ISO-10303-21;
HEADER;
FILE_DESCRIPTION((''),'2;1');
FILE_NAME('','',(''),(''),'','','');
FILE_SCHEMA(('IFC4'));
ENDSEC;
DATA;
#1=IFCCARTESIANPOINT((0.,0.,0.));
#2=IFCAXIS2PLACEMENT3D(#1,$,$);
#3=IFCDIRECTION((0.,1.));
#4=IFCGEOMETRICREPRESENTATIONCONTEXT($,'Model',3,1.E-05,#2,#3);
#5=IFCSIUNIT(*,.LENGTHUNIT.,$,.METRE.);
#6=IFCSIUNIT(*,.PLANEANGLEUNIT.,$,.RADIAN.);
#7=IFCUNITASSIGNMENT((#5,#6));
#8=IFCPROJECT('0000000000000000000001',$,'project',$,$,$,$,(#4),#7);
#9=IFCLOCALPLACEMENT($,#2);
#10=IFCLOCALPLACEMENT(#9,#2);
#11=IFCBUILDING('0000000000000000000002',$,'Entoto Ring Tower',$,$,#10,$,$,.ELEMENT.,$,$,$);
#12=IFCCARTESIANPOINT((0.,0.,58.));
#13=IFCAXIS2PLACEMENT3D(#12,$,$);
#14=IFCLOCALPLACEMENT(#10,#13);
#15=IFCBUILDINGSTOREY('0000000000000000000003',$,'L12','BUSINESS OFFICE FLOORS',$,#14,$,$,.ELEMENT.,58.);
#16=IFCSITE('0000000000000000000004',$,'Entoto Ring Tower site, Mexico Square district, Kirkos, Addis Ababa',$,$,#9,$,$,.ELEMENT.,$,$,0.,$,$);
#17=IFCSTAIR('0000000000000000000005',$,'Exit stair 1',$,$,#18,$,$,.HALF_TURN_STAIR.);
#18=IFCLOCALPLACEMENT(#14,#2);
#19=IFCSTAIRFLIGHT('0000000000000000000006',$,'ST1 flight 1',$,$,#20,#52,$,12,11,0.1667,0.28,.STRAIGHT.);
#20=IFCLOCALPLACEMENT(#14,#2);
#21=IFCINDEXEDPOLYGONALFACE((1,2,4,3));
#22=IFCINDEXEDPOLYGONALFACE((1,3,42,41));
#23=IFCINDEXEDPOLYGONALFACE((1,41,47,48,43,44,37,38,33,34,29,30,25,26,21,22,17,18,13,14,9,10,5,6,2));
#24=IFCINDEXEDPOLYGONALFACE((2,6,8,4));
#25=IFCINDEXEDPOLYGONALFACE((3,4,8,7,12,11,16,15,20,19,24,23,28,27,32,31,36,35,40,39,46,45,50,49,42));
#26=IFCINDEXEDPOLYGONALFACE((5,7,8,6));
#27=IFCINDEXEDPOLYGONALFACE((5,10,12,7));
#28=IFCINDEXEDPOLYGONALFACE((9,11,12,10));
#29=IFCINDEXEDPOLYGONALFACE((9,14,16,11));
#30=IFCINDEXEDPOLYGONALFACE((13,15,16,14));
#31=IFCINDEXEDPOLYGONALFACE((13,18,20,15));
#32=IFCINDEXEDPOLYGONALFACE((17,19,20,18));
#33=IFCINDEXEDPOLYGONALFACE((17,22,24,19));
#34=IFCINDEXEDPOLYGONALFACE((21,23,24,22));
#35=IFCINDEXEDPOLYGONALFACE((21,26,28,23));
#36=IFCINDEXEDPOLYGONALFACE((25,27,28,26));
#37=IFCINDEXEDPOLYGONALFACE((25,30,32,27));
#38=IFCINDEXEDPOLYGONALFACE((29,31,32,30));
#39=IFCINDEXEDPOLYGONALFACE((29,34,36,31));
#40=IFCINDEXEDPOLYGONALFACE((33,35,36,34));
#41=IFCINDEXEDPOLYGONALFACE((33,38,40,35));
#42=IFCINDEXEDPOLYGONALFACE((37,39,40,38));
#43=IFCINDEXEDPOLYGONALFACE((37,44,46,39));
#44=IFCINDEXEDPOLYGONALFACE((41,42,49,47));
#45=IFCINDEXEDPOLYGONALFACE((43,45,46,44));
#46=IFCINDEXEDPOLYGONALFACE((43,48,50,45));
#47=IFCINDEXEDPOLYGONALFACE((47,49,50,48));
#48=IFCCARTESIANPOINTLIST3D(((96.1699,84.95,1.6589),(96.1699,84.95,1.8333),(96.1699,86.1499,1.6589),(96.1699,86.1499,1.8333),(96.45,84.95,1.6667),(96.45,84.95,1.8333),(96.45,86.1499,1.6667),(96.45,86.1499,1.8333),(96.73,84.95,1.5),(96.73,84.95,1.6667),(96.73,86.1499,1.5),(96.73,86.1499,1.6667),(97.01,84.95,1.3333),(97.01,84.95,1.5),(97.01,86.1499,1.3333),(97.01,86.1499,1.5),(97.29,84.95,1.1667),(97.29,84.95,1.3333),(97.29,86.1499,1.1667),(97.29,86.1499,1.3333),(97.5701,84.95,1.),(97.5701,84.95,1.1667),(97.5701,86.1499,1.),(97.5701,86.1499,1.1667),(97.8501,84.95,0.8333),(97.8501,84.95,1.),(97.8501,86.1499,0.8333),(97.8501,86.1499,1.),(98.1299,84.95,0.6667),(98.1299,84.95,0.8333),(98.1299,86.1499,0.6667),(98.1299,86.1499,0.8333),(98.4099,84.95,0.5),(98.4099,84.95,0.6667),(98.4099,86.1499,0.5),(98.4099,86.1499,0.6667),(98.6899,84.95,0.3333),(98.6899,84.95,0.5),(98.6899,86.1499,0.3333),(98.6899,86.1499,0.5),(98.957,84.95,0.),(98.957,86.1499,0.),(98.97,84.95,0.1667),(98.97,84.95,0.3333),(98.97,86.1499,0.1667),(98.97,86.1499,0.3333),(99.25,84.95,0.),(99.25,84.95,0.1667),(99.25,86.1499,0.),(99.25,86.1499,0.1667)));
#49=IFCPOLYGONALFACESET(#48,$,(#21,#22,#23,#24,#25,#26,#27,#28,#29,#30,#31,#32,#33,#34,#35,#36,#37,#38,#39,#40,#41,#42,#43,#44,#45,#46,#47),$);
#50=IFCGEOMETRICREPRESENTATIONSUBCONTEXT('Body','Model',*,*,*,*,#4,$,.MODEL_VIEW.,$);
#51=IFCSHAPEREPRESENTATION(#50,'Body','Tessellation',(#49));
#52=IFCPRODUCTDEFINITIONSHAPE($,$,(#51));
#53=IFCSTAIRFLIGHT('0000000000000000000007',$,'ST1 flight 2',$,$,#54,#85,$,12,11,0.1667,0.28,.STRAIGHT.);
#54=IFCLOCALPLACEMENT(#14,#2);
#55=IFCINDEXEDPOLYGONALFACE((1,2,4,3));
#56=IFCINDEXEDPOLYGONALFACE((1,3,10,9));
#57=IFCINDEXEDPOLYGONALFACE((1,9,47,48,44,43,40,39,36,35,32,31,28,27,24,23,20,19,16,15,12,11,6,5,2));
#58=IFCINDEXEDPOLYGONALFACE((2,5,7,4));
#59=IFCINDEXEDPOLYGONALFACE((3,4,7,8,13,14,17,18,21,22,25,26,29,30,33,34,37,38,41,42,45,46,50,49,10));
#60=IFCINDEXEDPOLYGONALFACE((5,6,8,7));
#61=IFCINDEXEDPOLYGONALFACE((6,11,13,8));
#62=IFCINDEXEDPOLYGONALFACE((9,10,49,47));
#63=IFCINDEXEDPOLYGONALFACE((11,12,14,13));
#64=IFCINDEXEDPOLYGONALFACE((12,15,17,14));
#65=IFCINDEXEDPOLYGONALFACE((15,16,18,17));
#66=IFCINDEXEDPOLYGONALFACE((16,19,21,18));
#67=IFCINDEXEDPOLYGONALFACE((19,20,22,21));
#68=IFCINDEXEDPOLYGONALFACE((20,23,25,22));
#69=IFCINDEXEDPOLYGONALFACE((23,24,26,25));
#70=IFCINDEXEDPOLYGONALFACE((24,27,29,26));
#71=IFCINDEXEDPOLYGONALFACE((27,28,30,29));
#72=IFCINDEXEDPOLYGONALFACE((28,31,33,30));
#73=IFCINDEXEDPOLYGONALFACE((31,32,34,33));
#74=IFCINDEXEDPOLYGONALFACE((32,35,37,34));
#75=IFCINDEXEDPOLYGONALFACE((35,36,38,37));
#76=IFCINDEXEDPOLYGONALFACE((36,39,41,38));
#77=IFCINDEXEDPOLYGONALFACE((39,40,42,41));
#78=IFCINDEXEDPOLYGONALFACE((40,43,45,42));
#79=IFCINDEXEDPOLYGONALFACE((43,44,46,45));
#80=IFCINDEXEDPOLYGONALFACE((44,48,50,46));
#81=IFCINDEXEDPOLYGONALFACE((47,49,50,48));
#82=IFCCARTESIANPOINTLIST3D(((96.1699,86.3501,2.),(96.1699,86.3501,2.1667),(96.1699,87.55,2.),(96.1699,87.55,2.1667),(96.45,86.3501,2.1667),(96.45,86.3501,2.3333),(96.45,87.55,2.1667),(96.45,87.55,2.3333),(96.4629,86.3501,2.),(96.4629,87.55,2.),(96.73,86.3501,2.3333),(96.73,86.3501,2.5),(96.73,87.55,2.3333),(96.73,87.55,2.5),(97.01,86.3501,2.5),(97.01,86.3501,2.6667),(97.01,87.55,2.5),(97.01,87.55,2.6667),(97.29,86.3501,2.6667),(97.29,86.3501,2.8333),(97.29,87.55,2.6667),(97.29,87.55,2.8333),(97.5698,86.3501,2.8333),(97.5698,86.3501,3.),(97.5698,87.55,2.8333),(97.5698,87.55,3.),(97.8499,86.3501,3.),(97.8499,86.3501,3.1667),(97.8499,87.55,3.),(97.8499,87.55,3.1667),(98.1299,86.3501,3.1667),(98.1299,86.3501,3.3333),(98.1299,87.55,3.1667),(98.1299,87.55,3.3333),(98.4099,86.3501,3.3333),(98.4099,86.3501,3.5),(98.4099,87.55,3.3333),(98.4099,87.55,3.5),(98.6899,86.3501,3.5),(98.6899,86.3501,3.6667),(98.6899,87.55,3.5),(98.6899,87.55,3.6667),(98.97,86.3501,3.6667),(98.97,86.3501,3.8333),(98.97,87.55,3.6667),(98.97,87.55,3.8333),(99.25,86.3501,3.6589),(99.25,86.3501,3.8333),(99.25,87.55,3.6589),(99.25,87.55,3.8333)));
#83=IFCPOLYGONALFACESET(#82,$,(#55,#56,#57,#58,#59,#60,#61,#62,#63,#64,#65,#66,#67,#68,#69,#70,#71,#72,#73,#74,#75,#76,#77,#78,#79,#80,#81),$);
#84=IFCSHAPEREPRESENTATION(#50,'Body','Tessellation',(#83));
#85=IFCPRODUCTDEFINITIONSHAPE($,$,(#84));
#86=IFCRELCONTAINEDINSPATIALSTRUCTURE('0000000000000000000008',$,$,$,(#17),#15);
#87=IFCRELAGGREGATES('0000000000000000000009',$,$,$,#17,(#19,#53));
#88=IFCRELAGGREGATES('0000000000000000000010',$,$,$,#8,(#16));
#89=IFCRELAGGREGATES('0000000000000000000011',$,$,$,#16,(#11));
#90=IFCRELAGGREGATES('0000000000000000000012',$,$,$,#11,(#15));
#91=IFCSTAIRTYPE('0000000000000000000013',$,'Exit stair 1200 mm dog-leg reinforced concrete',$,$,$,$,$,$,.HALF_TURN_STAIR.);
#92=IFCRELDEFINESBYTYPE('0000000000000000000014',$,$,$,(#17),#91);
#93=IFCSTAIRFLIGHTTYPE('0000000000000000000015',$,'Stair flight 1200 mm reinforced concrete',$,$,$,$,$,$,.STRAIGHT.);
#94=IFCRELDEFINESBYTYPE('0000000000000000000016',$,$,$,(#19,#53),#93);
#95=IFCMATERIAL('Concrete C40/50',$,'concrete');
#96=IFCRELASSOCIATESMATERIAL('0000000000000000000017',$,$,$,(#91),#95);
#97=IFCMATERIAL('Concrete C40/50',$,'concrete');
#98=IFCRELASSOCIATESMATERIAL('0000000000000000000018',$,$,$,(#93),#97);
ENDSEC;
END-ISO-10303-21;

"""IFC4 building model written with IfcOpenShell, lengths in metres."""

from ifc_helpers import new_model, si_unit, direction, frame, origin, place, context, subcontext, project, spatial, polyline, outline, extrude, material, type_object, element, aggregate, save


model = new_model("IFC4")

# Units and contexts
model_context = context("Model", 3, precision=1e-05, world=origin(), true_north=direction((0.0, 1.0)))
body_context = subcontext(model_context, "Body", "Model", "MODEL_VIEW")
ifc_project = project(units=[si_unit("LENGTHUNIT", "METRE"), si_unit("PLANEANGLEUNIT", "RADIAN")], contexts=[model_context])

# Site, building, storey
site_placement = place(None, origin())
site = spatial("IfcSite", under=ifc_project, at=site_placement, Name="Entoto Ring Tower site, Mexico Square district, Kirkos, Addis Ababa", CompositionType="ELEMENT", RefElevation=0.0)
building_placement = place(site_placement, origin())
building = spatial("IfcBuilding", under=site, at=building_placement, Name="Entoto Ring Tower", CompositionType="ELEMENT")
storey_placement = place(building_placement, frame((0.0, 0.0, 58.0)))
storey = spatial("IfcBuildingStorey", under=building, at=storey_placement, Name="L12", Description="BUSINESS OFFICE FLOORS", CompositionType="ELEMENT", Elevation=58.0)

# Stair, stair flights
ifc_material_1 = material(Name="Concrete C40/50", Category="concrete")
stair_type = type_object("IfcStairType", Name="Exit stair 1200 mm dog-leg reinforced concrete", PredefinedType="HALF_TURN_STAIR", material=ifc_material_1)
stair_placement = place(storey_placement, origin())
stair = element("IfcStair", 1, at=stair_placement, inside=storey, type_object=stair_type, Name="Exit stair 1", PredefinedType="HALF_TURN_STAIR")
ifc_material_2 = material(Name="Concrete C40/50", Category="concrete")
stair_flight_type = type_object("IfcStairFlightType", Name="Stair flight 1200 mm reinforced concrete", PredefinedType="STRAIGHT", material=ifc_material_2)
stair_flight_1_placement = place(storey_placement, frame((99.25, 85.55, 0.0), z_axis=(0.0, 0.0, 1.0), x_axis=(-1.0, 0.0, 0.0)))
stair_flight_1 = element("IfcStairFlight", 2, at=stair_flight_1_placement, type_object=stair_flight_type, Name="ST1 flight 1", NumberOfRisers=12, NumberOfTreads=11, PredefinedType="STRAIGHT", RiserHeight=0.1667, TreadLength=0.28, context=body_context, shape_type="SweptSolid", body=[
    extrude(outline(polyline([(0.0, 0.0), (0.0, 0.1667), (0.28, 0.1667), (0.28, 0.3333), (0.5601, 0.3333), (0.5601, 0.5), (0.8401, 0.5), (0.8401, 0.6667), (1.1201, 0.6667), (1.1201, 0.8333), (1.3999, 0.8333), (1.3999, 1.0), (1.6799, 1.0), (1.6799, 1.1667), (1.96, 1.1667), (1.96, 1.3333), (2.24, 1.3333), (2.24, 1.5), (2.52, 1.5), (2.52, 1.6667), (2.8, 1.6667), (2.8, 1.8333), (3.0801, 1.8333), (3.0801, 2.0), (3.0801, 1.6589), (0.293, 0.0), (0.0, 0.0)])), frame((0.0, 0.6001, 0.0), z_axis=(0.0, -1.0, 0.0), x_axis=(1.0, 0.0, 0.0)), (0.0, 0.0, 1.0), 1.2),
])
stair_flight_2_placement = place(storey_placement, frame((96.1699, 86.95, 2.0), z_axis=(0.0, 0.0, 1.0), x_axis=(1.0, 0.0, 0.0)))
stair_flight_2 = element("IfcStairFlight", 3, at=stair_flight_2_placement, type_object=stair_flight_type, Name="ST1 flight 2", NumberOfRisers=12, NumberOfTreads=11, PredefinedType="STRAIGHT", RiserHeight=0.1667, TreadLength=0.28, context=body_context, shape_type="SweptSolid", body=[
    extrude(outline(polyline([(0.0, 0.0), (0.0, 0.1667), (0.28, 0.1667), (0.28, 0.3333), (0.5601, 0.3333), (0.5601, 0.5), (0.8401, 0.5), (0.8401, 0.6667), (1.1201, 0.6667), (1.1201, 0.8333), (1.3999, 0.8333), (1.3999, 1.0), (1.6799, 1.0), (1.6799, 1.1667), (1.96, 1.1667), (1.96, 1.3333), (2.24, 1.3333), (2.24, 1.5), (2.52, 1.5), (2.52, 1.6667), (2.8, 1.6667), (2.8, 1.8333), (3.0801, 1.8333), (3.0801, 2.0), (3.0801, 1.6589), (0.293, 0.0), (0.0, 0.0)])), frame((0.0, 0.6001, 0.0), z_axis=(0.0, -1.0, 0.0), x_axis=(1.0, 0.0, 0.0)), (0.0, 0.0, 1.0), 1.2),
])
aggregate(stair, [stair_flight_1, stair_flight_2])

save(model, "model.ifc")
